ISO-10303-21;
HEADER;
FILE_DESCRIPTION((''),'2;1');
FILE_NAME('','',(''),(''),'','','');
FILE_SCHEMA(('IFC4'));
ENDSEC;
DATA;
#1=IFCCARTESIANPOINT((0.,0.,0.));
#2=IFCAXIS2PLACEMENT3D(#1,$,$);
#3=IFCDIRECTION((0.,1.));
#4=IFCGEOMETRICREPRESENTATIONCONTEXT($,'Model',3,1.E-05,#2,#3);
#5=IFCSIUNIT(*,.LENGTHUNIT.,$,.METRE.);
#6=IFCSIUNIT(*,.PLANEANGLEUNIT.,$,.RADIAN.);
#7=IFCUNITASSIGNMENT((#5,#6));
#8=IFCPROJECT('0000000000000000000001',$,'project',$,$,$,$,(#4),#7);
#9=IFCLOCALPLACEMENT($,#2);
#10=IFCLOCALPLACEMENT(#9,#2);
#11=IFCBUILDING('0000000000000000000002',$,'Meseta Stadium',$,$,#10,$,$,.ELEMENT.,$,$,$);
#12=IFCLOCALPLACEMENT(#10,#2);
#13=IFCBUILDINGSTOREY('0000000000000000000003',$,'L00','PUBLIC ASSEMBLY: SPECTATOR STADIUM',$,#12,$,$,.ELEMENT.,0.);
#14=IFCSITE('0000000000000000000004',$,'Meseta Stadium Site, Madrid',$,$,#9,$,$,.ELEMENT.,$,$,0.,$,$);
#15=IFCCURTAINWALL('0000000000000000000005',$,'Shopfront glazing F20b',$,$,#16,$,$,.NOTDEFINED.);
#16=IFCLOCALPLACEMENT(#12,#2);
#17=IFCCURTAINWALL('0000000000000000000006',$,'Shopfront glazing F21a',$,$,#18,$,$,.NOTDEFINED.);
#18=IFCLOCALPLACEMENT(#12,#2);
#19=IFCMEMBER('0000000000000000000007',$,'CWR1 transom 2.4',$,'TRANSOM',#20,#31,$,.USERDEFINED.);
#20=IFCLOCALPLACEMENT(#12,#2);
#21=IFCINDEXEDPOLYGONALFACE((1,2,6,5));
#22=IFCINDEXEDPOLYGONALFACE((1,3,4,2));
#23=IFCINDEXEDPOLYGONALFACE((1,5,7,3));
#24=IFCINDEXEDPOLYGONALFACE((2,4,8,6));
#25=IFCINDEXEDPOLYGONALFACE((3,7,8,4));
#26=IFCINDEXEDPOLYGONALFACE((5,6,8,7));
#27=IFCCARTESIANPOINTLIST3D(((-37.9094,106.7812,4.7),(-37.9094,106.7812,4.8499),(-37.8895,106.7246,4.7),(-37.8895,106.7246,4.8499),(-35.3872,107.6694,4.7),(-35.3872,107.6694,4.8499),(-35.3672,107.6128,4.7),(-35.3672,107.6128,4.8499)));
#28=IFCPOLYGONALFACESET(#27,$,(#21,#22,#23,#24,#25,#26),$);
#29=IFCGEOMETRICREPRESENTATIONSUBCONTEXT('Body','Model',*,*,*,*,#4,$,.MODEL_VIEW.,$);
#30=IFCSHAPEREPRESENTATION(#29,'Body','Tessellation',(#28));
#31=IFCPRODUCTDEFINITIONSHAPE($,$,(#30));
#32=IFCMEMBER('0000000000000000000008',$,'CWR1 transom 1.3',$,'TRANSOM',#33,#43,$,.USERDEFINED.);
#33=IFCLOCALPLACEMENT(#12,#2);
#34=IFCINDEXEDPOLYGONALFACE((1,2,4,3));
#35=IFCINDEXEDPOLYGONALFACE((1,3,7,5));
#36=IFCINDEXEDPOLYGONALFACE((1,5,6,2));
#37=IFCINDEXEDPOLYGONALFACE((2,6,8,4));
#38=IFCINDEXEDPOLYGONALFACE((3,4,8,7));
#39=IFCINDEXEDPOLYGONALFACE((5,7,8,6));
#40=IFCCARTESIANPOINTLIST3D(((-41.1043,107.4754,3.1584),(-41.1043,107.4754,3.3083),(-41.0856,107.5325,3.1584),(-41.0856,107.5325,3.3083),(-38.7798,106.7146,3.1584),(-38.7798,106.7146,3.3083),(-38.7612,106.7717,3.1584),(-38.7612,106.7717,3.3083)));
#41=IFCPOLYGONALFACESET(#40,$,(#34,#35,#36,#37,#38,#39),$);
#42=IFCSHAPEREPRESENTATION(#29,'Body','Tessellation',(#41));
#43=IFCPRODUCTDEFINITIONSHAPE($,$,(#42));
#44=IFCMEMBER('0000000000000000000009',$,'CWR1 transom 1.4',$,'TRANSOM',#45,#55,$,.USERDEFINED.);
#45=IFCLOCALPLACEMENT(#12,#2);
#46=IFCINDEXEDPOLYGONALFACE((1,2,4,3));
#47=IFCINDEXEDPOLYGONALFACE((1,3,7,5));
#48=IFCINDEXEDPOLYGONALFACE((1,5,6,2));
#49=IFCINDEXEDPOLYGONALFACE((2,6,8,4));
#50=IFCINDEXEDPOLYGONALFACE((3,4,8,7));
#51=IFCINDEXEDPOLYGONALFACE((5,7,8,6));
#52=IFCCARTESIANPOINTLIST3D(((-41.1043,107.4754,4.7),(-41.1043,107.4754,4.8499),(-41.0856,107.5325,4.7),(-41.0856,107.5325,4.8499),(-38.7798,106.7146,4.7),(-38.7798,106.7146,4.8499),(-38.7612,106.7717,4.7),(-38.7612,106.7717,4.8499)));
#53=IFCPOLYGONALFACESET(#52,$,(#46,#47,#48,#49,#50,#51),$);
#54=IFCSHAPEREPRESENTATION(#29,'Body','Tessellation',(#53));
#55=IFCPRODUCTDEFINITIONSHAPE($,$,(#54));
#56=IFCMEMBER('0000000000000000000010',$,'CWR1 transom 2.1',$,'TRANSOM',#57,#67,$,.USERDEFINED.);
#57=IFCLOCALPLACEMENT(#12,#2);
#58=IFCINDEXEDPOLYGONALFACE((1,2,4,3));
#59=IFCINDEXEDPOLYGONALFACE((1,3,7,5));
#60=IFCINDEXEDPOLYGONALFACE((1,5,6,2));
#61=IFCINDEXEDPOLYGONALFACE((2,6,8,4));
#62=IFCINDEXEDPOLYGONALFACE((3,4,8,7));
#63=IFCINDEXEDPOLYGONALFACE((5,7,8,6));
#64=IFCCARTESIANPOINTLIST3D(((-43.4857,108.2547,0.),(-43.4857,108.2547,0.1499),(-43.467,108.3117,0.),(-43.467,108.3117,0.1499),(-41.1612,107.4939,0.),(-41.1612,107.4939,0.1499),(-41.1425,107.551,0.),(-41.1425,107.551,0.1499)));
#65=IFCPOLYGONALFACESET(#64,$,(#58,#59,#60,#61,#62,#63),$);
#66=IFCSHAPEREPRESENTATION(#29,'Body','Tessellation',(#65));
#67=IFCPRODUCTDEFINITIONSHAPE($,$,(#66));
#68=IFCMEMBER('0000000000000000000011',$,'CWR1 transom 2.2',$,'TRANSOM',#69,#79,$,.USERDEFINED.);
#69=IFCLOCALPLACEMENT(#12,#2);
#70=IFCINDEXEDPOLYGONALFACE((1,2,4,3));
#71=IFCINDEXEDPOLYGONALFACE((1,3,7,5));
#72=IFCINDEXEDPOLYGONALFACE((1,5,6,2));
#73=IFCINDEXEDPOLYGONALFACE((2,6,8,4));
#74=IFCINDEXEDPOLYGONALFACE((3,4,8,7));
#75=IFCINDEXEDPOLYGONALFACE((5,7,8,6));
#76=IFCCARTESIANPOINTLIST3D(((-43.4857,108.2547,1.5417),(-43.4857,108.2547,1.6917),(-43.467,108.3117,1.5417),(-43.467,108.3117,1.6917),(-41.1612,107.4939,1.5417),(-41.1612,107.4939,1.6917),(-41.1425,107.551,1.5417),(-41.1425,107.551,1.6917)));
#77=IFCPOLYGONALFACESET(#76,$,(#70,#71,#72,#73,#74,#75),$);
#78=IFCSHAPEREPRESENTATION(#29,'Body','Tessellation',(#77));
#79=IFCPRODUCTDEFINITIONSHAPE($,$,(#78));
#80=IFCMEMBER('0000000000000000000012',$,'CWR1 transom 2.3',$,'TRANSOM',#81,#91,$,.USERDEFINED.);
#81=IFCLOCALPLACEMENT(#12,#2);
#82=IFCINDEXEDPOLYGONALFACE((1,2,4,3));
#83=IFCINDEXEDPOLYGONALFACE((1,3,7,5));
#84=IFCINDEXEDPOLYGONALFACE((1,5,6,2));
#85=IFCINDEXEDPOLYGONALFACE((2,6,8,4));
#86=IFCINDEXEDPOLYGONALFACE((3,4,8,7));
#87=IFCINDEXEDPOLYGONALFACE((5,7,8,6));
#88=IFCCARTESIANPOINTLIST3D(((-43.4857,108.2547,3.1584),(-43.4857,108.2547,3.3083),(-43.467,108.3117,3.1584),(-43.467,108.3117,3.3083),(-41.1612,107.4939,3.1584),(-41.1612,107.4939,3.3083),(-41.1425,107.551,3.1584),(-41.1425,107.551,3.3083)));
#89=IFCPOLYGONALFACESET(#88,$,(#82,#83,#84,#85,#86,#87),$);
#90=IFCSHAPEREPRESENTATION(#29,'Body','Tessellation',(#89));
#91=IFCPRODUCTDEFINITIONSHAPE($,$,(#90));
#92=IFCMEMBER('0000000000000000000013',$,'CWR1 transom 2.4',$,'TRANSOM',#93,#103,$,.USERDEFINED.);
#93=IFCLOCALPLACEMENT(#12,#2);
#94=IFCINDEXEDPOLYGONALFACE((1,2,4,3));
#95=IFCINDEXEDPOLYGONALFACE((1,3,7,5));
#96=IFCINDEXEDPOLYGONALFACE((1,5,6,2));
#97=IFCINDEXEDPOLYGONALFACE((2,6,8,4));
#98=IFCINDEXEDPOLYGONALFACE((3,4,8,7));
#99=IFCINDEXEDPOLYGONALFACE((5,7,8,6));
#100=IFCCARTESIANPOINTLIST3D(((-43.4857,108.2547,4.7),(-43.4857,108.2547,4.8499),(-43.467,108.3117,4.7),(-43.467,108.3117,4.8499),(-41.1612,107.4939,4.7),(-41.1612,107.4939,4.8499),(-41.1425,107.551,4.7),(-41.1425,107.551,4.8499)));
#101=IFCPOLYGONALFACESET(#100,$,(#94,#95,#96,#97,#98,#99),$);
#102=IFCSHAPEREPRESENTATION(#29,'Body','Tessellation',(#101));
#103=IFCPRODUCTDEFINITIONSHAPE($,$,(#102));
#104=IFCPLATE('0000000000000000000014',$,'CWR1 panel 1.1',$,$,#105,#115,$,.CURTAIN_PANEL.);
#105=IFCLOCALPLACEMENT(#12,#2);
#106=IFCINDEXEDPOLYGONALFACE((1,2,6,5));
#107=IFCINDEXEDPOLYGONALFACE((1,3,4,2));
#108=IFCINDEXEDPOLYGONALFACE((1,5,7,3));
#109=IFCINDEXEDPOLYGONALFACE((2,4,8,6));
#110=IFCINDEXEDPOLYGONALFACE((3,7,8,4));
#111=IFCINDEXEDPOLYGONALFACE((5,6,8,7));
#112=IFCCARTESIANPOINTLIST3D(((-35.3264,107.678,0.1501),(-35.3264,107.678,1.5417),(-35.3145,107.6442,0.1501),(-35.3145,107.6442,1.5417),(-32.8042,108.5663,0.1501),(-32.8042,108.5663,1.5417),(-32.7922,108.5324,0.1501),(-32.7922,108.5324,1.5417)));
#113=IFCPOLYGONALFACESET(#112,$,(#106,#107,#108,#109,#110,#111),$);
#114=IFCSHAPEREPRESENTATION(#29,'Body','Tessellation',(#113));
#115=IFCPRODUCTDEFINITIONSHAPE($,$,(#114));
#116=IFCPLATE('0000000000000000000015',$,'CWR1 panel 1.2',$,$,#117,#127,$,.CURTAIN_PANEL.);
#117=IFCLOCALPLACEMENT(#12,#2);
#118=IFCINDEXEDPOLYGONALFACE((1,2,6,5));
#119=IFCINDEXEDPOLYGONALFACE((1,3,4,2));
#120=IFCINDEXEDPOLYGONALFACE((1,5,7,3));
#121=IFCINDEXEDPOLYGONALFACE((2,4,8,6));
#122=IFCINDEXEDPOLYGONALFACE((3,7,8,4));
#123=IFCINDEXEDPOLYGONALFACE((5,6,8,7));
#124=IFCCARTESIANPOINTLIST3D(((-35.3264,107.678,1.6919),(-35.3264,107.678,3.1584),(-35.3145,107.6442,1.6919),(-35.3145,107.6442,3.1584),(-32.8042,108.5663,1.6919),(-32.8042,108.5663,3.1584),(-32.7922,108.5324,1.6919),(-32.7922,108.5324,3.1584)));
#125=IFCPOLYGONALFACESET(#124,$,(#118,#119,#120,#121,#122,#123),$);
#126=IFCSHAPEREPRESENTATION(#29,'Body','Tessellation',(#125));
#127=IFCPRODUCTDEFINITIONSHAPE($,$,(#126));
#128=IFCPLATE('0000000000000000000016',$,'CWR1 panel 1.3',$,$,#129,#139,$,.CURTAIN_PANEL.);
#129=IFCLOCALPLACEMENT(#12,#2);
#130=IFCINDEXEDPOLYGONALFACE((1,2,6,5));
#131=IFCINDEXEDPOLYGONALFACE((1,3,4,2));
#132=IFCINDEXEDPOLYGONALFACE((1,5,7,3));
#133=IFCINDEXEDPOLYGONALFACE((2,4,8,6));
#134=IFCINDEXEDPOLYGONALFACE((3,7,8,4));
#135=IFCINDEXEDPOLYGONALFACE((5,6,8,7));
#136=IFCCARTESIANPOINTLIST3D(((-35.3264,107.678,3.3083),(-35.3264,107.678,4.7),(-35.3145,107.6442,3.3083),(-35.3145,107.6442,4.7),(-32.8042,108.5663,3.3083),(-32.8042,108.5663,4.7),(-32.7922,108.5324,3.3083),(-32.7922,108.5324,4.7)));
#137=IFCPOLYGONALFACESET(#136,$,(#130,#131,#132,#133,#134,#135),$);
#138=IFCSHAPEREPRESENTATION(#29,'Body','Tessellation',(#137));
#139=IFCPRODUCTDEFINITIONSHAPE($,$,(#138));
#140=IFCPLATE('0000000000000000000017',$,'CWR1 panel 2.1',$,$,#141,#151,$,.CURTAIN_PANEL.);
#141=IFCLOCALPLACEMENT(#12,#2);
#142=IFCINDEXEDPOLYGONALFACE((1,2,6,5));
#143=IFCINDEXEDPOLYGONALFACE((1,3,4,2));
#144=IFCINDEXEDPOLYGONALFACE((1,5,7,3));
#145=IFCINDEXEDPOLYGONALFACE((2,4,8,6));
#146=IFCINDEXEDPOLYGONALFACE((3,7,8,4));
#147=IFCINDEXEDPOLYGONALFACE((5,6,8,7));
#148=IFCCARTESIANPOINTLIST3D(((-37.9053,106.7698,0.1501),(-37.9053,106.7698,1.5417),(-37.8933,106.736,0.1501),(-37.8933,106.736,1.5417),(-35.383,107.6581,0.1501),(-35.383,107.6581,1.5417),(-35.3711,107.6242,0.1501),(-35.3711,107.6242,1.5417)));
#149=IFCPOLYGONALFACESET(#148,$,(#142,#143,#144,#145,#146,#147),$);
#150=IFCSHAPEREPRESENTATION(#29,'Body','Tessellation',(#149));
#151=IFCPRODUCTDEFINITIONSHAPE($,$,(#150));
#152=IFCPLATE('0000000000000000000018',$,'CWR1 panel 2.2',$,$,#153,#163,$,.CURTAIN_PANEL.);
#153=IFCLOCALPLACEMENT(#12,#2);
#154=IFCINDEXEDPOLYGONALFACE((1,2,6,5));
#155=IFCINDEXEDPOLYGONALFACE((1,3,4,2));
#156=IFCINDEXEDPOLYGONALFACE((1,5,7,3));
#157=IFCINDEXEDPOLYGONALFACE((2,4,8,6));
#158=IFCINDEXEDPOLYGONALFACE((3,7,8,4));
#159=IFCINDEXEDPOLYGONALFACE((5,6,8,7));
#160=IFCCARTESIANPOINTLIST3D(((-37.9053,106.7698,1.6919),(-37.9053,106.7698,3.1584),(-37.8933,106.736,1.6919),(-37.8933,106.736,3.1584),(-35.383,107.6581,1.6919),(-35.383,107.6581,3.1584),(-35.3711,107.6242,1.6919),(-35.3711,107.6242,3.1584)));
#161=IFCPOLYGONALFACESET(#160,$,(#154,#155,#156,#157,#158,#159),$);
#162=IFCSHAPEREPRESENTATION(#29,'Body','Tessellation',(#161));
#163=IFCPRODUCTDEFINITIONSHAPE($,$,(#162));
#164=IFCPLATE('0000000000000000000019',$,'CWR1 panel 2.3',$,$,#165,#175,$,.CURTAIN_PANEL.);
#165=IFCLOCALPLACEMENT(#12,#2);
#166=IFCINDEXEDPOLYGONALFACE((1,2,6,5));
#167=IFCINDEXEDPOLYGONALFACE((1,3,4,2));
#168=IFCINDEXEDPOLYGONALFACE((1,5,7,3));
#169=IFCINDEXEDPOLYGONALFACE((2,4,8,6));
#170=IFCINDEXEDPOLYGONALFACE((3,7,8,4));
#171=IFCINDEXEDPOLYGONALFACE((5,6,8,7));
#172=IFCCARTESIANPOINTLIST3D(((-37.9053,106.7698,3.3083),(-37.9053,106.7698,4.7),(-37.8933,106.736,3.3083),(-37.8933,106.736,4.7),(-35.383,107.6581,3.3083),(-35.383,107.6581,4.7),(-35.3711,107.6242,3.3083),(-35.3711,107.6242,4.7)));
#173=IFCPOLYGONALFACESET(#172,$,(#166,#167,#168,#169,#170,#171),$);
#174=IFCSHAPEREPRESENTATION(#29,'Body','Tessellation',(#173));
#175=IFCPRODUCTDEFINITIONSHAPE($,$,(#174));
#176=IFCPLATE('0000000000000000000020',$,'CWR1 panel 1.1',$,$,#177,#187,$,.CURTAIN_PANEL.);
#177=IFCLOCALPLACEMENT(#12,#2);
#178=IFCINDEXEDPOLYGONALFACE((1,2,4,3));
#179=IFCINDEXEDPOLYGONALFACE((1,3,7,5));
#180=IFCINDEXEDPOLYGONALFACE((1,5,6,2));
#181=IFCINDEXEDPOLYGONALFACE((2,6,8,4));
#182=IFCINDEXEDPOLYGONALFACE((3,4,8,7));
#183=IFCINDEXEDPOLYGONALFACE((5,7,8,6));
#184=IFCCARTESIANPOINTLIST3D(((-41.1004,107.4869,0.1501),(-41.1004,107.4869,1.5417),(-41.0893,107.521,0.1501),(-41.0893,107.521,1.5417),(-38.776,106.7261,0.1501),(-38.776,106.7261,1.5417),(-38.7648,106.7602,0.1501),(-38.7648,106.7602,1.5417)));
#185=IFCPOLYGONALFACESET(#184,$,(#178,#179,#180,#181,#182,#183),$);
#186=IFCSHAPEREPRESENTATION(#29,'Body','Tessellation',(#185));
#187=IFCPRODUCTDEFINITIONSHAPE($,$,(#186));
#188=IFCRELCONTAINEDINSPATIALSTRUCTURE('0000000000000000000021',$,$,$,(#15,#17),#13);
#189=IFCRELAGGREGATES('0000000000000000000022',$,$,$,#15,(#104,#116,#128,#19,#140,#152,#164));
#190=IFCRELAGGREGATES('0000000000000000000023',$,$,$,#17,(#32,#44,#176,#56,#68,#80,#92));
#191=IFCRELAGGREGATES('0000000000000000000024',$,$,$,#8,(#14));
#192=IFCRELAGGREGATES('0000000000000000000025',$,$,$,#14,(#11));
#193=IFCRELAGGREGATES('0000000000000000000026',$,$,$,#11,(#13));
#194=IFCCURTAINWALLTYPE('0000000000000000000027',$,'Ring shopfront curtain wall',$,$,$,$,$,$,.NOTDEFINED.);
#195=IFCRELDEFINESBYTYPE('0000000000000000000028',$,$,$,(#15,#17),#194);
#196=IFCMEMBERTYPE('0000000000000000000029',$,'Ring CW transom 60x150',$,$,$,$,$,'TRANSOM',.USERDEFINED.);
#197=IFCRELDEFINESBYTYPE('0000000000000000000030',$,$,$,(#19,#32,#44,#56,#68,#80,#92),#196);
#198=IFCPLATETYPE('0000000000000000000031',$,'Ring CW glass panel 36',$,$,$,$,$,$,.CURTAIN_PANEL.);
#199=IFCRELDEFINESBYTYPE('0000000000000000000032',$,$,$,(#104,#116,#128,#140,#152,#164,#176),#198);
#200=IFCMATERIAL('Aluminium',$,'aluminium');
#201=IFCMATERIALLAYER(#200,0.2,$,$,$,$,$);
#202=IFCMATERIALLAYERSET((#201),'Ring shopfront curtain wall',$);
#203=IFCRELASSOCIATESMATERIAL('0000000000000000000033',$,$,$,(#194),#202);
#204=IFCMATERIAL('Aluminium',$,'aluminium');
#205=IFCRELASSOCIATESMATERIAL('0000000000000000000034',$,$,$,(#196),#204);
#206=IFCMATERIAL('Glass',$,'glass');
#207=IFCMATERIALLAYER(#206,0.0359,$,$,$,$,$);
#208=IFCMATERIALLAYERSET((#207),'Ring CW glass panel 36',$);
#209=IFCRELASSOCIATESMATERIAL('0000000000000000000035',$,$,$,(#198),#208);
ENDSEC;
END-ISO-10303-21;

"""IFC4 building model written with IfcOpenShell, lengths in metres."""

from ifc_helpers import new_model, si_unit, direction, frame, origin, origin_2d, place, context, subcontext, project, spatial, rectangle, extrude, material, layer, layer_set, material_profile, profile_set, type_object, element, aggregate, save


model = new_model("IFC4")

# Units and contexts
model_context = context("Model", 3, precision=1e-05, world=origin(), true_north=direction((0.0, 1.0)))
body_context = subcontext(model_context, "Body", "Model", "MODEL_VIEW")
ifc_project = project(units=[si_unit("LENGTHUNIT", "METRE"), si_unit("PLANEANGLEUNIT", "RADIAN")], contexts=[model_context])

# Site, building, storey
site_placement = place(None, origin())
site = spatial("IfcSite", under=ifc_project, at=site_placement, Name="Meseta Stadium Site, Madrid", CompositionType="ELEMENT", RefElevation=0.0)
building_placement = place(site_placement, origin())
building = spatial("IfcBuilding", under=site, at=building_placement, Name="Meseta Stadium", CompositionType="ELEMENT")
storey_placement = place(building_placement, origin())
storey = spatial("IfcBuildingStorey", under=building, at=storey_placement, Name="L00", Description="PUBLIC ASSEMBLY: SPECTATOR STADIUM", CompositionType="ELEMENT", Elevation=0.0)

# Curtain walls
ifc_material_1 = material(Name="Aluminium", Category="aluminium")
ifc_layer_1 = layer(ifc_material_1, 0.2)
ifc_layer_set_1 = layer_set([ifc_layer_1], Name="Ring shopfront curtain wall")
curtain_wall_type = type_object("IfcCurtainWallType", Name="Ring shopfront curtain wall", PredefinedType="NOTDEFINED", material=ifc_layer_set_1)
curtain_wall_1_placement = place(storey_placement, origin())
curtain_wall_1 = element("IfcCurtainWall", 1, at=curtain_wall_1_placement, inside=storey, type_object=curtain_wall_type, Name="Shopfront glazing F20b", PredefinedType="NOTDEFINED")
curtain_wall_2_placement = place(storey_placement, origin())
curtain_wall_2 = element("IfcCurtainWall", 2, at=curtain_wall_2_placement, inside=storey, type_object=curtain_wall_type, Name="Shopfront glazing F21a", PredefinedType="NOTDEFINED")

# Members
ifc_material_2 = material(Name="Aluminium", Category="aluminium")
ifc_material_profile_1 = material_profile(ifc_material_2, rectangle(XDim=0.0601, YDim=0.1499, at=origin_2d()), Name="CW 60x150")
ifc_profile_set_1 = profile_set([ifc_material_profile_1], Name="Aluminium")
member_type_1 = type_object("IfcMemberType", Name="Ring CW transom 60x150", ElementType="TRANSOM", PredefinedType="USERDEFINED", material=ifc_profile_set_1)
member_1_placement = place(storey_placement, frame((-35.3772, 107.6411, 4.7749), z_axis=(-0.943226, -0.332151, 0.0), x_axis=(0.332151, -0.943226, 0.0)))
member_1 = element("IfcMember", 3, at=member_1_placement, type_object=member_type_1, Name="CWR1 transom 2.4", ObjectType="TRANSOM", PredefinedType="USERDEFINED", context=body_context, shape_type="SweptSolid", body=[
    extrude(rectangle(XDim=0.0601, YDim=0.1499, at=origin_2d()), origin(), (0.0, 0.0, 1.0), 2.6741),
])
member_2_placement = place(storey_placement, frame((-38.7705, 106.7432, 3.2334), z_axis=(-0.950396, 0.311042, 0.0), x_axis=(-0.311042, -0.950396, 0.0)))
member_2 = element("IfcMember", 4, at=member_2_placement, type_object=member_type_1, Name="CWR1 transom 1.3", ObjectType="TRANSOM", PredefinedType="USERDEFINED", context=body_context, shape_type="SweptSolid", body=[
    extrude(rectangle(XDim=0.0601, YDim=0.1499, at=origin_2d()), origin(), (0.0, 0.0, 1.0), 2.4458),
])
member_3_placement = place(storey_placement, frame((-38.7705, 106.7432, 4.7749), z_axis=(-0.950396, 0.311042, 0.0), x_axis=(-0.311042, -0.950396, 0.0)))
member_3 = element("IfcMember", 5, at=member_3_placement, type_object=member_type_1, Name="CWR1 transom 1.4", ObjectType="TRANSOM", PredefinedType="USERDEFINED", context=body_context, shape_type="SweptSolid", body=[
    extrude(rectangle(XDim=0.0601, YDim=0.1499, at=origin_2d()), origin(), (0.0, 0.0, 1.0), 2.4458),
])
member_4_placement = place(storey_placement, frame((-41.1519, 107.5225, 0.075), z_axis=(-0.950396, 0.311042, 0.0), x_axis=(-0.311042, -0.950396, 0.0)))
member_4 = element("IfcMember", 6, at=member_4_placement, type_object=member_type_1, Name="CWR1 transom 2.1", ObjectType="TRANSOM", PredefinedType="USERDEFINED", context=body_context, shape_type="SweptSolid", body=[
    extrude(rectangle(XDim=0.0601, YDim=0.1499, at=origin_2d()), origin(), (0.0, 0.0, 1.0), 2.4458),
])
member_5_placement = place(storey_placement, frame((-41.1519, 107.5225, 1.6167), z_axis=(-0.950396, 0.311042, 0.0), x_axis=(-0.311042, -0.950396, 0.0)))
member_5 = element("IfcMember", 7, at=member_5_placement, type_object=member_type_1, Name="CWR1 transom 2.2", ObjectType="TRANSOM", PredefinedType="USERDEFINED", context=body_context, shape_type="SweptSolid", body=[
    extrude(rectangle(XDim=0.0601, YDim=0.1499, at=origin_2d()), origin(), (0.0, 0.0, 1.0), 2.4458),
])
member_6_placement = place(storey_placement, frame((-41.1519, 107.5225, 3.2334), z_axis=(-0.950396, 0.311042, 0.0), x_axis=(-0.311042, -0.950396, 0.0)))
member_6 = element("IfcMember", 8, at=member_6_placement, type_object=member_type_1, Name="CWR1 transom 2.3", ObjectType="TRANSOM", PredefinedType="USERDEFINED", context=body_context, shape_type="SweptSolid", body=[
    extrude(rectangle(XDim=0.0601, YDim=0.1499, at=origin_2d()), origin(), (0.0, 0.0, 1.0), 2.4458),
])
member_7_placement = place(storey_placement, frame((-41.1519, 107.5225, 4.7749), z_axis=(-0.950396, 0.311042, 0.0), x_axis=(-0.311042, -0.950396, 0.0)))
member_7 = element("IfcMember", 9, at=member_7_placement, type_object=member_type_1, Name="CWR1 transom 2.4", ObjectType="TRANSOM", PredefinedType="USERDEFINED", context=body_context, shape_type="SweptSolid", body=[
    extrude(rectangle(XDim=0.0601, YDim=0.1499, at=origin_2d()), origin(), (0.0, 0.0, 1.0), 2.4458),
])

# Plates
ifc_material_3 = material(Name="Glass", Category="glass")
ifc_layer_2 = layer(ifc_material_3, 0.0359)
ifc_layer_set_2 = layer_set([ifc_layer_2], Name="Ring CW glass panel 36")
plate_type = type_object("IfcPlateType", Name="Ring CW glass panel 36", PredefinedType="CURTAIN_PANEL", material=ifc_layer_set_2)
plate_1_placement = place(storey_placement, frame((-34.0593, 108.1052, 0.1501), z_axis=(0.0, 0.0, 1.0), x_axis=(-0.94322, -0.33217, 0.0)))
plate_1 = element("IfcPlate", 10, at=plate_1_placement, type_object=plate_type, Name="CWR1 panel 1.1", PredefinedType="CURTAIN_PANEL", context=body_context, shape_type="SweptSolid", body=[
    extrude(rectangle(XDim=2.6741, YDim=0.0359, at=origin_2d()), origin(), (0.0, 0.0, 1.0), 1.3916),
])
plate_2_placement = place(storey_placement, frame((-34.0593, 108.1052, 1.6919), z_axis=(0.0, 0.0, 1.0), x_axis=(-0.94322, -0.33217, 0.0)))
plate_2 = element("IfcPlate", 11, at=plate_2_placement, type_object=plate_type, Name="CWR1 panel 1.2", PredefinedType="CURTAIN_PANEL", context=body_context, shape_type="SweptSolid", body=[
    extrude(rectangle(XDim=2.6741, YDim=0.0359, at=origin_2d()), origin(), (0.0, 0.0, 1.0), 1.4666),
])
plate_3_placement = place(storey_placement, frame((-34.0593, 108.1052, 3.3083), z_axis=(0.0, 0.0, 1.0), x_axis=(-0.94322, -0.33217, 0.0)))
plate_3 = element("IfcPlate", 12, at=plate_3_placement, type_object=plate_type, Name="CWR1 panel 1.3", PredefinedType="CURTAIN_PANEL", context=body_context, shape_type="SweptSolid", body=[
    extrude(rectangle(XDim=2.6741, YDim=0.0359, at=origin_2d()), origin(), (0.0, 0.0, 1.0), 1.3916),
])
plate_4_placement = place(storey_placement, frame((-36.6382, 107.197, 0.1501), z_axis=(0.0, 0.0, 1.0), x_axis=(-0.94322, -0.33217, 0.0)))
plate_4 = element("IfcPlate", 13, at=plate_4_placement, type_object=plate_type, Name="CWR1 panel 2.1", PredefinedType="CURTAIN_PANEL", context=body_context, shape_type="SweptSolid", body=[
    extrude(rectangle(XDim=2.6741, YDim=0.0359, at=origin_2d()), origin(), (0.0, 0.0, 1.0), 1.3916),
])
plate_5_placement = place(storey_placement, frame((-36.6382, 107.197, 1.6919), z_axis=(0.0, 0.0, 1.0), x_axis=(-0.94322, -0.33217, 0.0)))
plate_5 = element("IfcPlate", 14, at=plate_5_placement, type_object=plate_type, Name="CWR1 panel 2.2", PredefinedType="CURTAIN_PANEL", context=body_context, shape_type="SweptSolid", body=[
    extrude(rectangle(XDim=2.6741, YDim=0.0359, at=origin_2d()), origin(), (0.0, 0.0, 1.0), 1.4666),
])
plate_6_placement = place(storey_placement, frame((-36.6382, 107.197, 3.3083), z_axis=(0.0, 0.0, 1.0), x_axis=(-0.94322, -0.33217, 0.0)))
plate_6 = element("IfcPlate", 15, at=plate_6_placement, type_object=plate_type, Name="CWR1 panel 2.3", PredefinedType="CURTAIN_PANEL", context=body_context, shape_type="SweptSolid", body=[
    extrude(rectangle(XDim=2.6741, YDim=0.0359, at=origin_2d()), origin(), (0.0, 0.0, 1.0), 1.3916),
])
aggregate(curtain_wall_1, [plate_1, plate_2, plate_3, member_1, plate_4, plate_5, plate_6])
plate_7_placement = place(storey_placement, frame((-39.9326, 107.1235, 0.1501), z_axis=(0.0, 0.0, 1.0), x_axis=(-0.950391, 0.311059, 0.0)))
plate_7 = element("IfcPlate", 16, at=plate_7_placement, type_object=plate_type, Name="CWR1 panel 1.1", PredefinedType="CURTAIN_PANEL", context=body_context, shape_type="SweptSolid", body=[
    extrude(rectangle(XDim=2.4458, YDim=0.0359, at=origin_2d()), origin(), (0.0, 0.0, 1.0), 1.3916),
])
aggregate(curtain_wall_2, [member_2, member_3, plate_7, member_4, member_5, member_6, member_7])

save(model, "model.ifc")
